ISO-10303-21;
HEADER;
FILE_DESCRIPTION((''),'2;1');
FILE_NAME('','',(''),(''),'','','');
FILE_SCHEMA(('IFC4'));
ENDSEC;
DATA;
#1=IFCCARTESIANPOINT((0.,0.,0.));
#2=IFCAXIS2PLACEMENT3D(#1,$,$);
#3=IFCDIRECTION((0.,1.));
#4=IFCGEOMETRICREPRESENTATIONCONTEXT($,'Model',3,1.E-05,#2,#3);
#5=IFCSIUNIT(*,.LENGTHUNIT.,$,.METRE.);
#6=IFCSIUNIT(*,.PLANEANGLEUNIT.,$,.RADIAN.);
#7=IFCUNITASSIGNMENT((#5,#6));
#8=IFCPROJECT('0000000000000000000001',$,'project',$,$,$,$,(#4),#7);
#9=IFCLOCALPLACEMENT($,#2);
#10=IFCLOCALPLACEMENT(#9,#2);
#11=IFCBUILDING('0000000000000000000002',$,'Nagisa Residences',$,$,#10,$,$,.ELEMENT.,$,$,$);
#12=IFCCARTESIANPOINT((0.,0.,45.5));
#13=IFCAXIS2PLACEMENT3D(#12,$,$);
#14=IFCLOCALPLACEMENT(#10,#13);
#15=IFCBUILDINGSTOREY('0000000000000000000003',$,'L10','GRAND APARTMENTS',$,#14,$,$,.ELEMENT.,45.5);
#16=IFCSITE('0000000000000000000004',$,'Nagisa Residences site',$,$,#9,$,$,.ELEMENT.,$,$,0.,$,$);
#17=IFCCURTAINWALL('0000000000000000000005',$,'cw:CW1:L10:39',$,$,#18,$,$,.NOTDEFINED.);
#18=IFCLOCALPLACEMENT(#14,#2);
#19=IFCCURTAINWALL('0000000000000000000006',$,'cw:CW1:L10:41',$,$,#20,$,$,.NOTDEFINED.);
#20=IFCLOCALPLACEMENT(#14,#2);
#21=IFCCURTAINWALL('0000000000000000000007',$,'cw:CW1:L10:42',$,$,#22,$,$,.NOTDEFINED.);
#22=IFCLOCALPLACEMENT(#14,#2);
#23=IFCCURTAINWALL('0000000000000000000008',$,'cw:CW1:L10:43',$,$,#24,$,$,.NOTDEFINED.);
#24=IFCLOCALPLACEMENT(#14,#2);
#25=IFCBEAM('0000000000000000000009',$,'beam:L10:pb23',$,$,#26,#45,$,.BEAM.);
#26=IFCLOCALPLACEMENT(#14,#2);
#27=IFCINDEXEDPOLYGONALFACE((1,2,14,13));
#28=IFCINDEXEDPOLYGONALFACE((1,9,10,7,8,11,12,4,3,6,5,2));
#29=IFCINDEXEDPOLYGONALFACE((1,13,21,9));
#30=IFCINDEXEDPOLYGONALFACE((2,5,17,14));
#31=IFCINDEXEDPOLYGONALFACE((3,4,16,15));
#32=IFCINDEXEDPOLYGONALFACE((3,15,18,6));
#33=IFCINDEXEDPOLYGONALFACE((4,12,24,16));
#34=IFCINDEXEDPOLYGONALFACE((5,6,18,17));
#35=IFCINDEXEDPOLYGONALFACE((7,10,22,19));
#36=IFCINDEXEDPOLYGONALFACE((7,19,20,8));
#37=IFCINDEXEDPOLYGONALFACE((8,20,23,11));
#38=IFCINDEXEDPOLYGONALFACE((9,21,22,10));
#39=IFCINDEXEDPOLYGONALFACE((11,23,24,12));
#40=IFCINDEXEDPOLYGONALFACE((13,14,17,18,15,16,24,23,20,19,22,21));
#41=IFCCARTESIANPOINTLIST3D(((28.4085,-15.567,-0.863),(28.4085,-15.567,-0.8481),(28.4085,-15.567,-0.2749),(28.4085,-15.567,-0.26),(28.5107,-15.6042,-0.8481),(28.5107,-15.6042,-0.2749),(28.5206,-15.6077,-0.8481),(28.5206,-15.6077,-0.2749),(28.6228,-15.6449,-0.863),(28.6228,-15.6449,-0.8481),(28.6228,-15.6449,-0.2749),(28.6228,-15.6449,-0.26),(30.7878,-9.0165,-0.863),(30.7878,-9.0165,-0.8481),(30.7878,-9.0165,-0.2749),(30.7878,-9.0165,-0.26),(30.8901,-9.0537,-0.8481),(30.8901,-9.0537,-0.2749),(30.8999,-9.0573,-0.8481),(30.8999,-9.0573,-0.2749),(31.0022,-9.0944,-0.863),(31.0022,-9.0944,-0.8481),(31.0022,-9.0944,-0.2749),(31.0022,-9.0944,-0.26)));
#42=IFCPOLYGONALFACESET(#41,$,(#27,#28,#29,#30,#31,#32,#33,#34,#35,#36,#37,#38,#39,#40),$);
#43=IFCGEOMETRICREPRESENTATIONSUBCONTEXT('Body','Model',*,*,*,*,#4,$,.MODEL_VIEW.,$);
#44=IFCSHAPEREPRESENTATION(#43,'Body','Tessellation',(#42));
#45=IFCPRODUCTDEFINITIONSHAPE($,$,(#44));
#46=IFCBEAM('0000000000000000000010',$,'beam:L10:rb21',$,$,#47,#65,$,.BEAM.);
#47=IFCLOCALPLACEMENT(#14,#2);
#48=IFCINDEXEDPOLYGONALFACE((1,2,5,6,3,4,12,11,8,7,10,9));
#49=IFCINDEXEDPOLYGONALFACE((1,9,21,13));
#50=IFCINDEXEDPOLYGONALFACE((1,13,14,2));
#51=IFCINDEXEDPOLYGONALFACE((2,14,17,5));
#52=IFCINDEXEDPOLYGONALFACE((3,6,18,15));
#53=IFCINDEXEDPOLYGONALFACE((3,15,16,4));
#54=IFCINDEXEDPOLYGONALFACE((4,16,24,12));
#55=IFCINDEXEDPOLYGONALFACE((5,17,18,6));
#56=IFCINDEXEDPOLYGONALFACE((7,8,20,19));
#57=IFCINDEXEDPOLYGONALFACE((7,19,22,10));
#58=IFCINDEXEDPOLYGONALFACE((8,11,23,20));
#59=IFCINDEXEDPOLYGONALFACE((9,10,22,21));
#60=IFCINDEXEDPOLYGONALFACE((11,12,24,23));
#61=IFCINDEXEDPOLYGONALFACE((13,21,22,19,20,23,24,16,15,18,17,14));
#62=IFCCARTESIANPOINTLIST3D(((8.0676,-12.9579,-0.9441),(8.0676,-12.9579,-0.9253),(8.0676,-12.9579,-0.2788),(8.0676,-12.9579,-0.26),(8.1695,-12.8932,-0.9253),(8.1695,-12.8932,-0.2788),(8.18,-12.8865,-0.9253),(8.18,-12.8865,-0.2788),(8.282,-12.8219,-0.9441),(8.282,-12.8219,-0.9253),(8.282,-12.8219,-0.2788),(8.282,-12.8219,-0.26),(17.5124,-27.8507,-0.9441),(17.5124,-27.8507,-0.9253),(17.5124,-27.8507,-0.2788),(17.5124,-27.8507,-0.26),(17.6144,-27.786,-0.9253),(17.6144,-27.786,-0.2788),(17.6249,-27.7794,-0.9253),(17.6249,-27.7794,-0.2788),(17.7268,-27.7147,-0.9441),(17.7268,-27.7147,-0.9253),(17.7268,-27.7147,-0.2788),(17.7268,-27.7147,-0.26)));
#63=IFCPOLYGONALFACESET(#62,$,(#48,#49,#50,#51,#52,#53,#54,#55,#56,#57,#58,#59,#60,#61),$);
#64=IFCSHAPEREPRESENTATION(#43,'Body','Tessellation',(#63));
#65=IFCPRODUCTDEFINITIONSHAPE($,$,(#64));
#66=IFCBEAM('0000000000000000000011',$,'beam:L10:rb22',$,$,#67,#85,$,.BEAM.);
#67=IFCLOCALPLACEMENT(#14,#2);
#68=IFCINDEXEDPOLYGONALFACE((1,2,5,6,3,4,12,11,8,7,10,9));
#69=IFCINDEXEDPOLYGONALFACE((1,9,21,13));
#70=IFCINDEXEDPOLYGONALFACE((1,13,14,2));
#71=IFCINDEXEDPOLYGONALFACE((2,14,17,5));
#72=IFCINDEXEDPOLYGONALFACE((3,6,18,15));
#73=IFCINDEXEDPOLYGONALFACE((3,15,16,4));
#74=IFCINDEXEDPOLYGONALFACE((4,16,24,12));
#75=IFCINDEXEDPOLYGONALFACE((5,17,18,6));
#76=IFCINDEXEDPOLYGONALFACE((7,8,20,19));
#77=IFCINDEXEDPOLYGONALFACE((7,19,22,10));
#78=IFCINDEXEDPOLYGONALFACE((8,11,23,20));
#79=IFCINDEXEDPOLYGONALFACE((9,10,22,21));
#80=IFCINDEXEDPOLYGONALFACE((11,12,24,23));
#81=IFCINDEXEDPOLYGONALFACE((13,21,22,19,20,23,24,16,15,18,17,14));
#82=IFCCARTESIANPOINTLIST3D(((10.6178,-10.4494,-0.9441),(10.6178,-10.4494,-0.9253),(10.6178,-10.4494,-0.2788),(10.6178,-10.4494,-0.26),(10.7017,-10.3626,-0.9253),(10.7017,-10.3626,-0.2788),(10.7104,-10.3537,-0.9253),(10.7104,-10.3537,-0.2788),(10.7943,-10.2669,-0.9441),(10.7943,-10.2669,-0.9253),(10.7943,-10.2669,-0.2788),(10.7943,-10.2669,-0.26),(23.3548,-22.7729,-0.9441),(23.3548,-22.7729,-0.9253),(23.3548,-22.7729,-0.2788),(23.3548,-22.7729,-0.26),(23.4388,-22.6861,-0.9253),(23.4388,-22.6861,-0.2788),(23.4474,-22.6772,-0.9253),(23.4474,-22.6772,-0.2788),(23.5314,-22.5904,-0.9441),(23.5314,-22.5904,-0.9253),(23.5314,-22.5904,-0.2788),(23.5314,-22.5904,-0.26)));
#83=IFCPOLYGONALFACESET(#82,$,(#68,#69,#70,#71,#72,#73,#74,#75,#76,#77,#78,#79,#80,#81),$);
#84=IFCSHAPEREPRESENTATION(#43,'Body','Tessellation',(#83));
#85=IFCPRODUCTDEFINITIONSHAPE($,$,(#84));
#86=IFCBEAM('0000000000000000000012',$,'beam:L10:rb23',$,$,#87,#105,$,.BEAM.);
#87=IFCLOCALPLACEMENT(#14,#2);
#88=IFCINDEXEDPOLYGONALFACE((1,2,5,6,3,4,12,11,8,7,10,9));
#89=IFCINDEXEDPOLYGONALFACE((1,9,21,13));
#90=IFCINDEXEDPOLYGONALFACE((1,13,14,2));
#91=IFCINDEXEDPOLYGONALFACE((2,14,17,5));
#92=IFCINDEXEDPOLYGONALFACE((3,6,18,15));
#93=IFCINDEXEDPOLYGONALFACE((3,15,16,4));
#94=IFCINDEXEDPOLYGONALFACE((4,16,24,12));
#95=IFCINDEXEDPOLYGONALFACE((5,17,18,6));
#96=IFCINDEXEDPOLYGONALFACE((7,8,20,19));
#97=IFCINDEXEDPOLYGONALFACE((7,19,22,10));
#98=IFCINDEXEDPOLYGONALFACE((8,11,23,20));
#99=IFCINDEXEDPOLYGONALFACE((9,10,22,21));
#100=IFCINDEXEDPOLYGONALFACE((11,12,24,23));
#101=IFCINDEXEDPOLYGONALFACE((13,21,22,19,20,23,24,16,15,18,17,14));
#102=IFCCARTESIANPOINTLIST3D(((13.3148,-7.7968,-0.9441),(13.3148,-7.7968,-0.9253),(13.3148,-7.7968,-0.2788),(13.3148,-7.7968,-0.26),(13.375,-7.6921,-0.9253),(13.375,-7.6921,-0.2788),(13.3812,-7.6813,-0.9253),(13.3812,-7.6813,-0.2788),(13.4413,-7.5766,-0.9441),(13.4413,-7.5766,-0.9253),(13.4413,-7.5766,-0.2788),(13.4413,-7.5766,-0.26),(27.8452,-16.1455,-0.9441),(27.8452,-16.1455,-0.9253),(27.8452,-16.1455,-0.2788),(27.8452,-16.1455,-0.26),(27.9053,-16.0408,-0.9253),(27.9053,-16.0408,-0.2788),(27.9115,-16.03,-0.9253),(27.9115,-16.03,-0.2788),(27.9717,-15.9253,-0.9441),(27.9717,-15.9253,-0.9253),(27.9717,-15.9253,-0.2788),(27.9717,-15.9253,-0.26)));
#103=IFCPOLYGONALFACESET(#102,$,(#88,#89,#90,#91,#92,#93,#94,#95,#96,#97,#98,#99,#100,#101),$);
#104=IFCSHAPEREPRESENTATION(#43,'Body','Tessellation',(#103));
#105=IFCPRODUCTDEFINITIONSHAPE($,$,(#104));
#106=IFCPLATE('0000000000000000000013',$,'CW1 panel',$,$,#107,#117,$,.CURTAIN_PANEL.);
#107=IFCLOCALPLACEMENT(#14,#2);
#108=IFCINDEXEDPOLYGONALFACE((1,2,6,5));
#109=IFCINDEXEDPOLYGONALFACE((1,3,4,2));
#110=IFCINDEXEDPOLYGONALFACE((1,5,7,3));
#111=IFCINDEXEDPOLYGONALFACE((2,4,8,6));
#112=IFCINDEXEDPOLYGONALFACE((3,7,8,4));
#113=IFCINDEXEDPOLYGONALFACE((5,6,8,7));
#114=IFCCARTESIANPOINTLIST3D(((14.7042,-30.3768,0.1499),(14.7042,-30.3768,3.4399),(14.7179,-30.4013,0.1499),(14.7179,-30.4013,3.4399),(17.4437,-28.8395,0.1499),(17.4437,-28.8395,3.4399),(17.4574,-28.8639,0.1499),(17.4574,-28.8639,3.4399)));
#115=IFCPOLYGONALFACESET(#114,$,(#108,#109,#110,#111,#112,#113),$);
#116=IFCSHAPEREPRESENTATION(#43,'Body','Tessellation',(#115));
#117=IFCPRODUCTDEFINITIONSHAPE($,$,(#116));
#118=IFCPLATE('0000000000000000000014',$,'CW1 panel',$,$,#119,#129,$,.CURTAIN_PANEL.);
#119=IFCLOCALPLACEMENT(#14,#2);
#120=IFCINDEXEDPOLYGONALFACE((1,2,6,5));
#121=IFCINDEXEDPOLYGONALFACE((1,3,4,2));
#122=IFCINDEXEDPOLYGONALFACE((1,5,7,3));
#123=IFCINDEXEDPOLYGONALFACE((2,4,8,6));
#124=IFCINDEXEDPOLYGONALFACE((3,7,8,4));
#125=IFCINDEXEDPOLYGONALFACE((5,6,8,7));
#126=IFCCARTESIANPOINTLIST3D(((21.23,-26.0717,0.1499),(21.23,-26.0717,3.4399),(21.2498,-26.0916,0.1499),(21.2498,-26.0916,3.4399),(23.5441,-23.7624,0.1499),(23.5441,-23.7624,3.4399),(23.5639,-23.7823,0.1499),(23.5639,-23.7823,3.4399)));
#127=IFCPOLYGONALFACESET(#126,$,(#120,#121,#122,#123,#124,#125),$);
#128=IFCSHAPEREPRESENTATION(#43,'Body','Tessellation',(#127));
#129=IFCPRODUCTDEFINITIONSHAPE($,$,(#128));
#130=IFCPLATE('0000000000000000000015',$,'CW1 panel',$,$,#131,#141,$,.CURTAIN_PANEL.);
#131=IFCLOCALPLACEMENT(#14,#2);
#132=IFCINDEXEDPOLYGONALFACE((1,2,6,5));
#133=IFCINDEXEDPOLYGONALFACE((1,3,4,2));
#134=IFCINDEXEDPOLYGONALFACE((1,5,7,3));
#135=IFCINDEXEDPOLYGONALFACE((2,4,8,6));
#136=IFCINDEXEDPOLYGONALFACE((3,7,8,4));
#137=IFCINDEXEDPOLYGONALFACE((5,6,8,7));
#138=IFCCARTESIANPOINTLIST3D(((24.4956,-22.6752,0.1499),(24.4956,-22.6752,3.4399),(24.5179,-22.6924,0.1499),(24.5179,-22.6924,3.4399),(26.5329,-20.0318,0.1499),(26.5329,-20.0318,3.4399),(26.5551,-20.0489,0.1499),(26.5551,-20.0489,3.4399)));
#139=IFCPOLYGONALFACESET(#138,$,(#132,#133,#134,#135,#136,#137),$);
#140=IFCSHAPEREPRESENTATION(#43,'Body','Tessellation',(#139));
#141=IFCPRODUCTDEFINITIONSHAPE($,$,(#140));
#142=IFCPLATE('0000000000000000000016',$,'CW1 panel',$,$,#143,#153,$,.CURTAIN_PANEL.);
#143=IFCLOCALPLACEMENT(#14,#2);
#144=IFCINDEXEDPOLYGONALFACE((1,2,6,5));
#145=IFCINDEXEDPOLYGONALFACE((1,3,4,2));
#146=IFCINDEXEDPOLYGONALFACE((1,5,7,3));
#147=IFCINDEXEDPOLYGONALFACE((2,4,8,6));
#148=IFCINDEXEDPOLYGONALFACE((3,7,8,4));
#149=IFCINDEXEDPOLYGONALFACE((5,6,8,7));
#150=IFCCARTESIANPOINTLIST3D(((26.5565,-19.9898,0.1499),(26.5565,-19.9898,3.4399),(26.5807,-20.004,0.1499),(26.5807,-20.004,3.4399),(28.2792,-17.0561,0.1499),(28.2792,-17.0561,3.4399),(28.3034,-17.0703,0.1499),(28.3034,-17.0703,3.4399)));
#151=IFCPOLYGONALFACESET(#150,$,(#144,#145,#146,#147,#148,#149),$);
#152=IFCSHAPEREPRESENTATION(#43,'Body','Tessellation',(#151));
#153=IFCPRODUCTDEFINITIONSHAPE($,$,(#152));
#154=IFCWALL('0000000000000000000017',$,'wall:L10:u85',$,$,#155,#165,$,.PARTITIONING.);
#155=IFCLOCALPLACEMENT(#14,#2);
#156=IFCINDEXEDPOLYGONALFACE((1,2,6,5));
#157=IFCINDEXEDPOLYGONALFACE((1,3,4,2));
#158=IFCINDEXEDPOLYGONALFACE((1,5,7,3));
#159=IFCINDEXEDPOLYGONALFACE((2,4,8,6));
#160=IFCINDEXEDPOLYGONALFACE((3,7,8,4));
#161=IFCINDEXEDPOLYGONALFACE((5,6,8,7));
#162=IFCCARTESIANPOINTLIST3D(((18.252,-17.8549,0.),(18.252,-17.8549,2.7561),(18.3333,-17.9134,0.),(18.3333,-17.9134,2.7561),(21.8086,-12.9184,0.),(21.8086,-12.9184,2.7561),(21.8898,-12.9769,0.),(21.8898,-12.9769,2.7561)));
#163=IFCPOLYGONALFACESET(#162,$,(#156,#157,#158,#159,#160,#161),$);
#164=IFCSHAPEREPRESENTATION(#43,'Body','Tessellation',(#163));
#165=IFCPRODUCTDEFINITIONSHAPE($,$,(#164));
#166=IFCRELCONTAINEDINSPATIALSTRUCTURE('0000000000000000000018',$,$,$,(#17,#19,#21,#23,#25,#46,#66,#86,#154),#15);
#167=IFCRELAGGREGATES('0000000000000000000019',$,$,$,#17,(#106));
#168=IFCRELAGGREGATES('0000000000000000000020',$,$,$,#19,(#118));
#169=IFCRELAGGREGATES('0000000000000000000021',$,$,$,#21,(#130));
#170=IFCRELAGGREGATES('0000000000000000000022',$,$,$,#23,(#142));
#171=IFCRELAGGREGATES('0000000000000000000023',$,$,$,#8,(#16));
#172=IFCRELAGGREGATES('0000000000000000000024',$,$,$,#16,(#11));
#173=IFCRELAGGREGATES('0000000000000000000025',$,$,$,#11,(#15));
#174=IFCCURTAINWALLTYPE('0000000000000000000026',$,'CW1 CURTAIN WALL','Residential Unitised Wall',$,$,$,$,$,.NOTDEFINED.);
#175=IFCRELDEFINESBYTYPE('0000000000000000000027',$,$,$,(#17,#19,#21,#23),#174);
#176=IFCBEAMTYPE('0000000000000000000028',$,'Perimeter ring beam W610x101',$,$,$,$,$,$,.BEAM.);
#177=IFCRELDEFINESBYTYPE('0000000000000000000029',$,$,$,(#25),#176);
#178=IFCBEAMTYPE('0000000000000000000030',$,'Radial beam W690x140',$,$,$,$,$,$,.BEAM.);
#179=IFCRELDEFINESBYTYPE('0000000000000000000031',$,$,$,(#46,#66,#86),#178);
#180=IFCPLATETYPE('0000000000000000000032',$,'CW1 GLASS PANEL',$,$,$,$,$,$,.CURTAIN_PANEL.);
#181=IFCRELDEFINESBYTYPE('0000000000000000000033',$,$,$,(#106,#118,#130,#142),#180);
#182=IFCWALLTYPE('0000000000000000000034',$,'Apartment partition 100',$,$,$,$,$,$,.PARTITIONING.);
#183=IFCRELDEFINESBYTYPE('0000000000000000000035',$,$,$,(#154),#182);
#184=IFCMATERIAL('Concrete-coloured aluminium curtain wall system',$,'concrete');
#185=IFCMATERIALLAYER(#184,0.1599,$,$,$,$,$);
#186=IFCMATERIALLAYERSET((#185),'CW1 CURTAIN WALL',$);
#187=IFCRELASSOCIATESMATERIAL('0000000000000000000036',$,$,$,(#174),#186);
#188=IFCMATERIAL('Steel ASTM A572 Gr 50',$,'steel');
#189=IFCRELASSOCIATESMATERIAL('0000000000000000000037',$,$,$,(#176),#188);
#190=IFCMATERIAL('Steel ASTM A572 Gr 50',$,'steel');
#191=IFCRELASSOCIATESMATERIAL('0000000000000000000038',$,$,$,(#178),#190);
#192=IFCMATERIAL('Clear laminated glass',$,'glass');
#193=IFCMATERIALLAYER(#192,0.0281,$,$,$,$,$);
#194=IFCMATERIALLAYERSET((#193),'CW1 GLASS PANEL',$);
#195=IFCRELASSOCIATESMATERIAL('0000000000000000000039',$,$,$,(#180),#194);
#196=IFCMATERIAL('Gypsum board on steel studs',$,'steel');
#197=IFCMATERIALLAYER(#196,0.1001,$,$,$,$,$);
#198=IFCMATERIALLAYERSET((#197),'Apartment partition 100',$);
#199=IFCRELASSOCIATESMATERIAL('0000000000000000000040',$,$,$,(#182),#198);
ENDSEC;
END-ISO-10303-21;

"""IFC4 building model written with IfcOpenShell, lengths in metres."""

from ifc_helpers import new_model, si_unit, direction, frame, frame_2d, origin, origin_2d, place, context, subcontext, project, spatial, rectangle, i_section, extrude, material, layer, layer_set, material_profile, profile_set, type_object, element, aggregate, save


model = new_model("IFC4")

# Units and contexts
model_context = context("Model", 3, precision=1e-05, world=origin(), true_north=direction((0.0, 1.0)))
body_context = subcontext(model_context, "Body", "Model", "MODEL_VIEW")
ifc_project = project(units=[si_unit("LENGTHUNIT", "METRE"), si_unit("PLANEANGLEUNIT", "RADIAN")], contexts=[model_context])

# Site, building, storey
site_placement = place(None, origin())
site = spatial("IfcSite", under=ifc_project, at=site_placement, Name="Nagisa Residences site", CompositionType="ELEMENT", RefElevation=0.0)
building_placement = place(site_placement, origin())
building = spatial("IfcBuilding", under=site, at=building_placement, Name="Nagisa Residences", CompositionType="ELEMENT")
storey_placement = place(building_placement, frame((0.0, 0.0, 45.5)))
storey = spatial("IfcBuildingStorey", under=building, at=storey_placement, Name="L10", Description="GRAND APARTMENTS", CompositionType="ELEMENT", Elevation=45.5)

# Curtain walls
ifc_material_1 = material(Name="Concrete-coloured aluminium curtain wall system", Category="concrete")
ifc_layer_1 = layer(ifc_material_1, 0.1599)
ifc_layer_set_1 = layer_set([ifc_layer_1], Name="CW1 CURTAIN WALL")
curtain_wall_type = type_object("IfcCurtainWallType", Name="CW1 CURTAIN WALL", Description="Residential Unitised Wall", PredefinedType="NOTDEFINED", material=ifc_layer_set_1)
curtain_wall_1_placement = place(storey_placement, origin())
curtain_wall_1 = element("IfcCurtainWall", 1, at=curtain_wall_1_placement, inside=storey, type_object=curtain_wall_type, Name="cw:CW1:L10:39", PredefinedType="NOTDEFINED")
curtain_wall_2_placement = place(storey_placement, origin())
curtain_wall_2 = element("IfcCurtainWall", 2, at=curtain_wall_2_placement, inside=storey, type_object=curtain_wall_type, Name="cw:CW1:L10:41", PredefinedType="NOTDEFINED")
curtain_wall_3_placement = place(storey_placement, origin())
curtain_wall_3 = element("IfcCurtainWall", 3, at=curtain_wall_3_placement, inside=storey, type_object=curtain_wall_type, Name="cw:CW1:L10:42", PredefinedType="NOTDEFINED")
curtain_wall_4_placement = place(storey_placement, origin())
curtain_wall_4 = element("IfcCurtainWall", 4, at=curtain_wall_4_placement, inside=storey, type_object=curtain_wall_type, Name="cw:CW1:L10:43", PredefinedType="NOTDEFINED")

# Beams
ifc_material_2 = material(Name="Steel ASTM A572 Gr 50", Category="steel")
ifc_material_profile_1 = material_profile(ifc_material_2, i_section(OverallWidth=0.228, OverallDepth=0.603, WebThickness=0.0105, FlangeThickness=0.0149, at=origin_2d()), Name="W610x101")
ifc_profile_set_1 = profile_set([ifc_material_profile_1], Name="Steel ASTM A572 Gr 50")
beam_type_1 = type_object("IfcBeamType", Name="Perimeter ring beam W610x101", PredefinedType="BEAM", material=ifc_profile_set_1)
beam_1_placement = place(storey_placement, frame((28.5156, -15.606, -0.5615), z_axis=(0.341411, 0.939914, 0.0), x_axis=(-0.939914, 0.341411, 0.0)))
element("IfcBeam", 5, at=beam_1_placement, inside=storey, type_object=beam_type_1, Name="beam:L10:pb23", PredefinedType="BEAM", context=body_context, shape_type="SweptSolid", body=[
    extrude(i_section(OverallWidth=0.228, OverallDepth=0.603, WebThickness=0.0105, FlangeThickness=0.0149, at=origin_2d()), origin(), (0.0, 0.0, 1.0), 6.9692),
])
ifc_material_3 = material(Name="Steel ASTM A572 Gr 50", Category="steel")
ifc_material_profile_2 = material_profile(ifc_material_3, i_section(OverallWidth=0.2539, OverallDepth=0.6841, WebThickness=0.0125, FlangeThickness=0.0188, at=origin_2d()), Name="W690x140")
ifc_profile_set_2 = profile_set([ifc_material_profile_2], Name="Steel ASTM A572 Gr 50")
beam_type_2 = type_object("IfcBeamType", Name="Radial beam W690x140", PredefinedType="BEAM", material=ifc_profile_set_2)
beam_2_placement = place(storey_placement, frame((17.6196, -27.7827, -0.6021), z_axis=(-0.535566, 0.844493, 0.0), x_axis=(-0.844493, -0.535566, 0.0)))
element("IfcBeam", 6, at=beam_2_placement, inside=storey, type_object=beam_type_2, Name="beam:L10:rb21", PredefinedType="BEAM", context=body_context, shape_type="SweptSolid", body=[
    extrude(i_section(OverallWidth=0.2539, OverallDepth=0.6841, WebThickness=0.0125, FlangeThickness=0.0188, at=origin_2d()), origin(), (0.0, 0.0, 1.0), 17.6353),
])
beam_3_placement = place(storey_placement, frame((23.4431, -22.6816, -0.6021), z_axis=(-0.718678, 0.695343, 0.0), x_axis=(-0.695343, -0.718678, 0.0)))
element("IfcBeam", 7, at=beam_3_placement, inside=storey, type_object=beam_type_2, Name="beam:L10:rb22", PredefinedType="BEAM", context=body_context, shape_type="SweptSolid", body=[
    extrude(i_section(OverallWidth=0.2539, OverallDepth=0.6841, WebThickness=0.0125, FlangeThickness=0.0188, at=origin_2d()), origin(), (0.0, 0.0, 1.0), 17.7229),
])
beam_4_placement = place(storey_placement, frame((27.9084, -16.0354, -0.6021), z_axis=(-0.867068, 0.49819, 0.0), x_axis=(-0.49819, -0.867068, 0.0)))
element("IfcBeam", 8, at=beam_4_placement, inside=storey, type_object=beam_type_2, Name="beam:L10:rb23", PredefinedType="BEAM", context=body_context, shape_type="SweptSolid", body=[
    extrude(i_section(OverallWidth=0.2539, OverallDepth=0.6841, WebThickness=0.0125, FlangeThickness=0.0188, at=origin_2d()), origin(), (0.0, 0.0, 1.0), 16.7581),
])

# Plates
ifc_material_4 = material(Name="Clear laminated glass", Category="glass")
ifc_layer_2 = layer(ifc_material_4, 0.0281)
ifc_layer_set_2 = layer_set([ifc_layer_2], Name="CW1 GLASS PANEL")
plate_type = type_object("IfcPlateType", Name="CW1 GLASS PANEL", PredefinedType="CURTAIN_PANEL", material=ifc_layer_set_2)
plate_1_placement = place(storey_placement, frame((16.0808, -29.6204, 0.1499), z_axis=(0.0, 0.0, 1.0), x_axis=(0.872072, 0.489377, 0.0)))
plate_1 = element("IfcPlate", 9, at=plate_1_placement, type_object=plate_type, Name="CW1 panel", PredefinedType="CURTAIN_PANEL", context=body_context, shape_type="SweptSolid", body=[
    extrude(rectangle(XDim=3.1414, YDim=0.0281, at=origin_2d()), origin(), (0.0, 0.0, 1.0), 3.29),
])
aggregate(curtain_wall_1, [plate_1])
plate_2_placement = place(storey_placement, frame((22.397, -24.927, 0.1499), z_axis=(0.0, 0.0, 1.0), x_axis=(0.707836, 0.706377, 0.0)))
plate_2 = element("IfcPlate", 10, at=plate_2_placement, type_object=plate_type, Name="CW1 panel", PredefinedType="CURTAIN_PANEL", context=body_context, shape_type="SweptSolid", body=[
    extrude(rectangle(XDim=3.2693, YDim=0.0281, at=origin_2d()), origin(), (0.0, 0.0, 1.0), 3.29),
])
aggregate(curtain_wall_2, [plate_2])
plate_3_placement = place(storey_placement, frame((25.5254, -21.3621, 0.1499), z_axis=(0.0, 0.0, 1.0), x_axis=(0.61043, 0.79207, 0.0)))
plate_3 = element("IfcPlate", 11, at=plate_3_placement, type_object=plate_type, Name="CW1 panel", PredefinedType="CURTAIN_PANEL", context=body_context, shape_type="SweptSolid", body=[
    extrude(rectangle(XDim=3.3374, YDim=0.0281, at=origin_2d()), origin(), (0.0, 0.0, 1.0), 3.29),
])
aggregate(curtain_wall_3, [plate_3])
plate_4_placement = place(storey_placement, frame((27.4299, -18.53, 0.1499), z_axis=(0.0, 0.0, 1.0), x_axis=(0.506349, 0.862329, 0.0)))
plate_4 = element("IfcPlate", 12, at=plate_4_placement, type_object=plate_type, Name="CW1 panel", PredefinedType="CURTAIN_PANEL", context=body_context, shape_type="SweptSolid", body=[
    extrude(rectangle(XDim=3.4021, YDim=0.0281, at=origin_2d()), origin(), (0.0, 0.0, 1.0), 3.29),
])
aggregate(curtain_wall_4, [plate_4])

# Wall
ifc_material_5 = material(Name="Gypsum board on steel studs", Category="steel")
ifc_layer_3 = layer(ifc_material_5, 0.1001)
ifc_layer_set_3 = layer_set([ifc_layer_3], Name="Apartment partition 100")
wall_type_1 = type_object("IfcWallType", Name="Apartment partition 100", PredefinedType="PARTITIONING", material=ifc_layer_set_3)
wall_1_placement = place(storey_placement, frame((18.2927, -17.884, 0.0), z_axis=(0.0, 0.0, 1.0), x_axis=(0.584558, 0.811352, 0.0)))
element("IfcWall", 13, at=wall_1_placement, inside=storey, type_object=wall_type_1, Name="wall:L10:u85", PredefinedType="PARTITIONING", context=body_context, shape_type="SweptSolid", body=[
    extrude(rectangle(XDim=6.0842, YDim=0.1001, at=frame_2d((3.042, 0.0))), origin(), (0.0, 0.0, 1.0), 2.7561),
])

save(model, "model.ifc")
